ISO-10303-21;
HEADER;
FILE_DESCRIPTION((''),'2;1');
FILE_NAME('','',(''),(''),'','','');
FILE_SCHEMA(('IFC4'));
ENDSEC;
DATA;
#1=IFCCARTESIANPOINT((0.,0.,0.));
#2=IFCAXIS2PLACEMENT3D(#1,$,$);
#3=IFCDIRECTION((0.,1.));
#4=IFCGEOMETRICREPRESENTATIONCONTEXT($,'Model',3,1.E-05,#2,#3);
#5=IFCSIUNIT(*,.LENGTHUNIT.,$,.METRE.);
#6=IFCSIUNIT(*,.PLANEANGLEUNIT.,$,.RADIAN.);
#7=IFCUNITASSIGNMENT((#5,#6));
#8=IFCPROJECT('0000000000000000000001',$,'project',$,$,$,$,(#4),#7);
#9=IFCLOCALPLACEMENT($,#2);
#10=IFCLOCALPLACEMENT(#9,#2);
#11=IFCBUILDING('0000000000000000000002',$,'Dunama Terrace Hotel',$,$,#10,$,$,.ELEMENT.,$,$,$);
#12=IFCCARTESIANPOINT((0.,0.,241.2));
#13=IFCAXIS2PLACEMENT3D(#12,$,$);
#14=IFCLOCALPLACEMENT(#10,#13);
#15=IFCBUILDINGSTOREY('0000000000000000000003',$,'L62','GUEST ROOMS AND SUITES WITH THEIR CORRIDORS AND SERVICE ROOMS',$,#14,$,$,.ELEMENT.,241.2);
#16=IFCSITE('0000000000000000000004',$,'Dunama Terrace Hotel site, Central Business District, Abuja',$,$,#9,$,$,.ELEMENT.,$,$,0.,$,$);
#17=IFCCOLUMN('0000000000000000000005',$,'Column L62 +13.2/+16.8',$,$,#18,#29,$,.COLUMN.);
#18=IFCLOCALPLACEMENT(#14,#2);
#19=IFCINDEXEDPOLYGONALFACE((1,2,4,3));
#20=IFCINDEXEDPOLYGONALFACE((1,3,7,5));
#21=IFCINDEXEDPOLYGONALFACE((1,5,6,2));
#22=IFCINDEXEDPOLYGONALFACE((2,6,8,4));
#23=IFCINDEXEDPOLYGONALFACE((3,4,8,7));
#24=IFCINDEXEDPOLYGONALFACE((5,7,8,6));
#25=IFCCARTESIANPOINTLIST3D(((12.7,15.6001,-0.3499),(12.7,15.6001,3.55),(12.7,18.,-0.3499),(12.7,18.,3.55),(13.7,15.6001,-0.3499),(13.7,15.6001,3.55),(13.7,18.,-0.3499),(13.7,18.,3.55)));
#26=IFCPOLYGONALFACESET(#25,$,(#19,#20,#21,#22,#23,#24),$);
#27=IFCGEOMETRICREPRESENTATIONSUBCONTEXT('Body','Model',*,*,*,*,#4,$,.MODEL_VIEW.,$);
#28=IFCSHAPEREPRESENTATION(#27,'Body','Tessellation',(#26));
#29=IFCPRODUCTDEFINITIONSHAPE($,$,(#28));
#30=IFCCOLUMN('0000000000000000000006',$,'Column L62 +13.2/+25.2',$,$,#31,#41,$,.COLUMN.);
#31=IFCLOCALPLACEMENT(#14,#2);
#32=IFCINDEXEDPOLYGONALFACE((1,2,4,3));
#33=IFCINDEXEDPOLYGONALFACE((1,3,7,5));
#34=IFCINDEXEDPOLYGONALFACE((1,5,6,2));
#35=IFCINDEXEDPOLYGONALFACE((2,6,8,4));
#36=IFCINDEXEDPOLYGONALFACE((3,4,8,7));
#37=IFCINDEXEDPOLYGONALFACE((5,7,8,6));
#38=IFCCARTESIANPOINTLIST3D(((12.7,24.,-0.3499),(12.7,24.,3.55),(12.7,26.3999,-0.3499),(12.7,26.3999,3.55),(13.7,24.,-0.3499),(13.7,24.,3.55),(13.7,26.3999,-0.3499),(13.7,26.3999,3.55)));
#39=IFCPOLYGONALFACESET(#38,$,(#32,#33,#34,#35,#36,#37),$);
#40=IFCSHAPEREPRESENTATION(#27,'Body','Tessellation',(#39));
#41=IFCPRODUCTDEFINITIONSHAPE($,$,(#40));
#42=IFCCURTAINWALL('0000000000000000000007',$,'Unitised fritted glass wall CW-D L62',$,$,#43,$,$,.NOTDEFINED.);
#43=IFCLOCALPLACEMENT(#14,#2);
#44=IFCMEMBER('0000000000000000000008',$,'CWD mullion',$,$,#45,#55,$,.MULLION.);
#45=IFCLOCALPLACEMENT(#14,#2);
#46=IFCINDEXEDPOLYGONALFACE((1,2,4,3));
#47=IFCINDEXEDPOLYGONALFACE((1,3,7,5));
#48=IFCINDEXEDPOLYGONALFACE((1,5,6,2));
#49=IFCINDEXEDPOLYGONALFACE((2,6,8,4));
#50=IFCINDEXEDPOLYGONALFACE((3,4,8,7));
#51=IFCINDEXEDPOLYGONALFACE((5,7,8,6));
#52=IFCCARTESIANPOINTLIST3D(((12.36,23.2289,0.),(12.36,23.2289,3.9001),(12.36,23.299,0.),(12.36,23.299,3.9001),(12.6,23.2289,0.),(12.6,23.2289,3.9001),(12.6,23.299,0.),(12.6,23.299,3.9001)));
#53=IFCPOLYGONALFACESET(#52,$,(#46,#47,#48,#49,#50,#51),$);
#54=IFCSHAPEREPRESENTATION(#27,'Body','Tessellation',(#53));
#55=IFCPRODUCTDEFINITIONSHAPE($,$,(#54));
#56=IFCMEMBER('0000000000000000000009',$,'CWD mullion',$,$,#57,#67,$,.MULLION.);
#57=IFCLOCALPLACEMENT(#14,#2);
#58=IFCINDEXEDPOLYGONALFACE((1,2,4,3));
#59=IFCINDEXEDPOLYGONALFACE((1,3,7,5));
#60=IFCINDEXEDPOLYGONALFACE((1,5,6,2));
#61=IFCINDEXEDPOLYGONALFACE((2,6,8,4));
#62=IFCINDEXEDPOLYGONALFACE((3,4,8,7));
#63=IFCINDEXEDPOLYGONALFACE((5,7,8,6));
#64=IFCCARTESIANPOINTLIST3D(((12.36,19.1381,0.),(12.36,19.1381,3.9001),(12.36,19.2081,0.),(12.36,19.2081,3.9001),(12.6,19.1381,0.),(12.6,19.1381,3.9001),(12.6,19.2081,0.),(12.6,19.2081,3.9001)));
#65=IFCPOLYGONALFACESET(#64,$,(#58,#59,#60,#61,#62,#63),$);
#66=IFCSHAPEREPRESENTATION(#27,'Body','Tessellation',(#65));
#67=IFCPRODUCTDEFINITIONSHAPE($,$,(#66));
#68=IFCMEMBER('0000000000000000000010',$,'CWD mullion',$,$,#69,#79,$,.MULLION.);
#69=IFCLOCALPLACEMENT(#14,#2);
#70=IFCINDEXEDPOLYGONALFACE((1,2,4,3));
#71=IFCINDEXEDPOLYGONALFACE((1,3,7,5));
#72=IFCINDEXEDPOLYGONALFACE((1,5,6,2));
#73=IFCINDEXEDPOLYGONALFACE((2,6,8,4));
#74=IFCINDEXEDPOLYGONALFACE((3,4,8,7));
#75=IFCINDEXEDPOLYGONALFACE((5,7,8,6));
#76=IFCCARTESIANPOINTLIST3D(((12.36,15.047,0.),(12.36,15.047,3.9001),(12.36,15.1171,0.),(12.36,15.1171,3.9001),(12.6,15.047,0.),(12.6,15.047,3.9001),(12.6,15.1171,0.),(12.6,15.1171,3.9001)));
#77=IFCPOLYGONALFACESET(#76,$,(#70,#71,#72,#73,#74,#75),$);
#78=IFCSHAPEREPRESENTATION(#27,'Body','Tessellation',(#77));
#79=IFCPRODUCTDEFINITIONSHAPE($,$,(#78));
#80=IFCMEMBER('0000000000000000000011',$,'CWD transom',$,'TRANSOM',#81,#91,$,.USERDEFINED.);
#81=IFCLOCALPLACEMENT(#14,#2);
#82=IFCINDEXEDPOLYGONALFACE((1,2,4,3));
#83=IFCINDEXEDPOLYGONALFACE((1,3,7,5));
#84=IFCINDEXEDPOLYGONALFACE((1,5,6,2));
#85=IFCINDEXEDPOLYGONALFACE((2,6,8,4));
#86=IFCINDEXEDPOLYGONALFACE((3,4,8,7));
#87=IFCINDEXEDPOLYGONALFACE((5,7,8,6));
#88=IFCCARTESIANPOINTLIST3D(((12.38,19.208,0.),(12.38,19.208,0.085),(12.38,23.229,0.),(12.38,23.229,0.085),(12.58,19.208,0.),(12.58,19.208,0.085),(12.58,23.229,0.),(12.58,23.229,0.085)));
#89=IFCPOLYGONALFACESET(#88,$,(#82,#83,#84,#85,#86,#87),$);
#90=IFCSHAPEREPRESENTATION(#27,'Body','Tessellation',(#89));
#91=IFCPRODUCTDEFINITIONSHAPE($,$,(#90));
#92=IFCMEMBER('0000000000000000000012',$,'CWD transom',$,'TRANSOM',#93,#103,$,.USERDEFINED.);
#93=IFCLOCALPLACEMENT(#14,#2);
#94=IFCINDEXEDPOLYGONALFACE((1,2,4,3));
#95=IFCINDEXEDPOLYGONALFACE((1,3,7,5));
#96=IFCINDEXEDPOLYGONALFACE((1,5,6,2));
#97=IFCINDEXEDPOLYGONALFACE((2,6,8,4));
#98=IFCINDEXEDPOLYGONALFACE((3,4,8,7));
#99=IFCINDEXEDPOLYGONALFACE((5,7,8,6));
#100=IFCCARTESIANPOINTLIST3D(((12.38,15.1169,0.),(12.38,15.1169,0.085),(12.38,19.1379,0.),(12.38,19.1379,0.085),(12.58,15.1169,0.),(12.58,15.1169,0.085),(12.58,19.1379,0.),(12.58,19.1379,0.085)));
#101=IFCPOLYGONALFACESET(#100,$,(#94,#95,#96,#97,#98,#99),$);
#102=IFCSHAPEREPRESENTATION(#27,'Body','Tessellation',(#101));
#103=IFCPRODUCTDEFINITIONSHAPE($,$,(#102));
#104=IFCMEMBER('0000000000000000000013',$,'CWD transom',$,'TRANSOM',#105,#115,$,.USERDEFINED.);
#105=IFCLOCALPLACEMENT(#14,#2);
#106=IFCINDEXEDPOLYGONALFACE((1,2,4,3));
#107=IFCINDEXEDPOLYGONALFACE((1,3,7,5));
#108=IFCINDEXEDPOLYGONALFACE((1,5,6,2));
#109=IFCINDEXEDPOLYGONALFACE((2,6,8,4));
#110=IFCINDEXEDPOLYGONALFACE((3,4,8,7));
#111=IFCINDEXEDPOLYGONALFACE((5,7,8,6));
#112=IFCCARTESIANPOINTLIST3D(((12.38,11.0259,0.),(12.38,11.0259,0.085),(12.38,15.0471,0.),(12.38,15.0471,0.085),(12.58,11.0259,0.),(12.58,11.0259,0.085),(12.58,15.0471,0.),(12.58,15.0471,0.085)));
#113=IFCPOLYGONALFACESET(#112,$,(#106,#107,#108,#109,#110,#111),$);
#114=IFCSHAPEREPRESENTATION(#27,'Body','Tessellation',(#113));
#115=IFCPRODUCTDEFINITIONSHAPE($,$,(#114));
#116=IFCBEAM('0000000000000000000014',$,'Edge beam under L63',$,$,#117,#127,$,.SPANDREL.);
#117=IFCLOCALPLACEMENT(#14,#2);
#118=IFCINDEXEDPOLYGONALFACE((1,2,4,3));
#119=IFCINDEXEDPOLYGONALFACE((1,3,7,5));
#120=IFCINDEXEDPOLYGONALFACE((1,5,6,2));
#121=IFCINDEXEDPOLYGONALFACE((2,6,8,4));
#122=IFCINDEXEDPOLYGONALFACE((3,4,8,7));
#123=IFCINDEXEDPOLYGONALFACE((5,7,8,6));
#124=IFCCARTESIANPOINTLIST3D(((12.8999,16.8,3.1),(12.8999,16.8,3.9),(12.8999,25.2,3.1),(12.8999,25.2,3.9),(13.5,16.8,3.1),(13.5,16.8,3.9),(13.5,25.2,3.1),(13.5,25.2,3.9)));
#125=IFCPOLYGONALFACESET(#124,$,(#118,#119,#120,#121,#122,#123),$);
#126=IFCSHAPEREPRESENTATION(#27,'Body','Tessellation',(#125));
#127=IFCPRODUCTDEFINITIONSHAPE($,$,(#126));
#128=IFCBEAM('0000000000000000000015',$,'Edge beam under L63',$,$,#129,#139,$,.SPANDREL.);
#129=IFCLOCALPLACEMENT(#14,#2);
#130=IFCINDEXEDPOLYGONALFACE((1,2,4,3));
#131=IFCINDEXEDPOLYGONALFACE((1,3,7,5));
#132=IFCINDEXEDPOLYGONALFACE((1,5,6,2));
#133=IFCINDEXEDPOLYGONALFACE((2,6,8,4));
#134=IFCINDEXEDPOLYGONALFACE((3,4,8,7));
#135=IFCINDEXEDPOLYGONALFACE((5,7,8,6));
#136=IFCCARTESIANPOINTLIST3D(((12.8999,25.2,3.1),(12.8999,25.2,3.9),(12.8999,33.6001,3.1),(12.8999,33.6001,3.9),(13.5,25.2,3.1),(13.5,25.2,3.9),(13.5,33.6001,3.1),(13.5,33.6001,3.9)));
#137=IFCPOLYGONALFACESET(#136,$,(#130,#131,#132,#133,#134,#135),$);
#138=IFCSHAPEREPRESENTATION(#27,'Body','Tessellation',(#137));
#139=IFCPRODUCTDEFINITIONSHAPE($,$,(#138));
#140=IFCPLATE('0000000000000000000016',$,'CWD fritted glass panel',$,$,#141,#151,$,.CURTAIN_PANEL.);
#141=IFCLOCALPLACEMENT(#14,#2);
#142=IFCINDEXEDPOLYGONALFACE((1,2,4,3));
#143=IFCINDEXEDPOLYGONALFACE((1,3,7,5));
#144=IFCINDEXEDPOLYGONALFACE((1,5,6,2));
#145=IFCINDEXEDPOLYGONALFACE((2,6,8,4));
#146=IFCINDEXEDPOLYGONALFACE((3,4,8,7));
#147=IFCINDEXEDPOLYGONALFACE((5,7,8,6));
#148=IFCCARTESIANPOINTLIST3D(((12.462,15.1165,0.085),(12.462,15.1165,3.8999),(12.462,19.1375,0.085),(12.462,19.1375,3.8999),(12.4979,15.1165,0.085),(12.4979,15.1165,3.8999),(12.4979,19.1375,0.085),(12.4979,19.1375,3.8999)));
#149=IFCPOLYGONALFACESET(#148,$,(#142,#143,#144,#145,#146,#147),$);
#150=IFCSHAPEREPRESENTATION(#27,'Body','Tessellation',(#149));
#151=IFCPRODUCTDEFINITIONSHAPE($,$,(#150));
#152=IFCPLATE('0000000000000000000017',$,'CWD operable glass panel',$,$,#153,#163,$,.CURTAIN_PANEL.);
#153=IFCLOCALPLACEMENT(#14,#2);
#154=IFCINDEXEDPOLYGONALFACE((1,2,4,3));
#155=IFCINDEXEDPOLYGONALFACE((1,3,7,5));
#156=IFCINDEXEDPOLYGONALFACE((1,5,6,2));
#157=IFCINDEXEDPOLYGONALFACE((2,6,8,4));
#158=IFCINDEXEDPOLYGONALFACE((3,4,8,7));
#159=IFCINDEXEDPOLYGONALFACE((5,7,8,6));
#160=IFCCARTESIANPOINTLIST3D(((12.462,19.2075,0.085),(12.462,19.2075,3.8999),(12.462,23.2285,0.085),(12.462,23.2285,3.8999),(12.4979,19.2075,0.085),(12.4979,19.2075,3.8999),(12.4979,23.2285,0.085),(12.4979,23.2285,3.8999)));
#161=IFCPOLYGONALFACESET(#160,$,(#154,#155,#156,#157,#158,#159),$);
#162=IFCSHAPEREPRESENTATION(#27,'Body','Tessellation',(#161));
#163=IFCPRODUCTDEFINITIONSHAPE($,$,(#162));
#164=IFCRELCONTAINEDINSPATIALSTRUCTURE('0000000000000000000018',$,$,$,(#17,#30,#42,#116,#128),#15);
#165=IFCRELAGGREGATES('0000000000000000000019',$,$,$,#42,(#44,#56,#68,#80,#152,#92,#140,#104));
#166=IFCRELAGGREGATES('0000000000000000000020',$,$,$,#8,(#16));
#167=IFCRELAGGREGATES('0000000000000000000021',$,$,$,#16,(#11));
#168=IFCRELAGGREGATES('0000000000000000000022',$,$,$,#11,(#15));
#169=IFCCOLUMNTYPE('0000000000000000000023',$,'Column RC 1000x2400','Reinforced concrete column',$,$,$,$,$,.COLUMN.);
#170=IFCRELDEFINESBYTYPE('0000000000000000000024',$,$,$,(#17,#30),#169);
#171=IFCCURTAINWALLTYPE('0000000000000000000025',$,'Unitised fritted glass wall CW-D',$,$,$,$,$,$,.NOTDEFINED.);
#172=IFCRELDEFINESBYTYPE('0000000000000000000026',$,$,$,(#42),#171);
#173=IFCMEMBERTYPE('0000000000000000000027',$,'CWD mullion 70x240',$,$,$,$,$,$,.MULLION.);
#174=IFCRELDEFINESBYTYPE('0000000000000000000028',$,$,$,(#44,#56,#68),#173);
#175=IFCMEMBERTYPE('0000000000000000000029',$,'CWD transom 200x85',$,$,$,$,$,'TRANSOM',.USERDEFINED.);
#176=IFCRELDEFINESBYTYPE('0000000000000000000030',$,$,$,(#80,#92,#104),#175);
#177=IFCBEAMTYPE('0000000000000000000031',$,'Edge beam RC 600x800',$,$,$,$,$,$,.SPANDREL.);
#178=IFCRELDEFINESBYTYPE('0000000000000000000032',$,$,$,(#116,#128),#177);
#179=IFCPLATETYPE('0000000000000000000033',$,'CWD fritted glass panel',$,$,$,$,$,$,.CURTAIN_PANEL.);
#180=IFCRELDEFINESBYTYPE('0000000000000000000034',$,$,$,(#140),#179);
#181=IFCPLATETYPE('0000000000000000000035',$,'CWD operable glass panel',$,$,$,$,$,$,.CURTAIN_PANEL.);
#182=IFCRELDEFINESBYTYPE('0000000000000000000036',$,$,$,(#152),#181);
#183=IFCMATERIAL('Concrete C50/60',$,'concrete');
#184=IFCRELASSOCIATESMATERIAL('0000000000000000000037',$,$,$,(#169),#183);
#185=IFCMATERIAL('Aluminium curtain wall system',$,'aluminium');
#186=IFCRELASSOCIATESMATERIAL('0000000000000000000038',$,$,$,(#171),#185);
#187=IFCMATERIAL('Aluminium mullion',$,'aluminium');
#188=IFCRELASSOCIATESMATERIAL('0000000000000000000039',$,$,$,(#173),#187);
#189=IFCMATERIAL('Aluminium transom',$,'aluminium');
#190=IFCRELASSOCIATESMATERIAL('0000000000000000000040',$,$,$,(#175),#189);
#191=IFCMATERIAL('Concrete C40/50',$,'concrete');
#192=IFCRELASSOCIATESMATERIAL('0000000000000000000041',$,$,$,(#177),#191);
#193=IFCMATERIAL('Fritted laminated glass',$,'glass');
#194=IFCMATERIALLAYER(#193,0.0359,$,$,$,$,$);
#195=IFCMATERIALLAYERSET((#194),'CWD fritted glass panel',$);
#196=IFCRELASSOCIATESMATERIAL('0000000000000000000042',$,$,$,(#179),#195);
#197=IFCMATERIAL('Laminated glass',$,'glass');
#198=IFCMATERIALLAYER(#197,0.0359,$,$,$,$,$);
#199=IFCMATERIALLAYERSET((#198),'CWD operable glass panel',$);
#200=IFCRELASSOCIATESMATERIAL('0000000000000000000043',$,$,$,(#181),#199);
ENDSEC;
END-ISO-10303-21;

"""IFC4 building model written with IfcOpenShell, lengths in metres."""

from ifc_helpers import new_model, si_unit, direction, frame, origin, origin_2d, place, context, subcontext, project, spatial, rectangle, extrude, material, layer, layer_set, material_profile, profile_set, type_object, element, aggregate, save


model = new_model("IFC4")

# Units and contexts
model_context = context("Model", 3, precision=1e-05, world=origin(), true_north=direction((0.0, 1.0)))
body_context = subcontext(model_context, "Body", "Model", "MODEL_VIEW")
ifc_project = project(units=[si_unit("LENGTHUNIT", "METRE"), si_unit("PLANEANGLEUNIT", "RADIAN")], contexts=[model_context])

# Site, building, storey
site_placement = place(None, origin())
site = spatial("IfcSite", under=ifc_project, at=site_placement, Name="Dunama Terrace Hotel site, Central Business District, Abuja", CompositionType="ELEMENT", RefElevation=0.0)
building_placement = place(site_placement, origin())
building = spatial("IfcBuilding", under=site, at=building_placement, Name="Dunama Terrace Hotel", CompositionType="ELEMENT")
storey_placement = place(building_placement, frame((0.0, 0.0, 241.2)))
storey = spatial("IfcBuildingStorey", under=building, at=storey_placement, Name="L62", Description="GUEST ROOMS AND SUITES WITH THEIR CORRIDORS AND SERVICE ROOMS", CompositionType="ELEMENT", Elevation=241.2)

# Columns
ifc_material_1 = material(Name="Concrete C50/60", Category="concrete")
ifc_material_profile_1 = material_profile(ifc_material_1, rectangle(XDim=1.0, YDim=2.3999, at=origin_2d()), Name="RC 1000x2400")
ifc_profile_set_1 = profile_set([ifc_material_profile_1], Name="Concrete C50/60")
column_type = type_object("IfcColumnType", Name="Column RC 1000x2400", Description="Reinforced concrete column", PredefinedType="COLUMN", material=ifc_profile_set_1)
for number, where, z_axis, x_axis, name in (
    (1, (13.2, 16.8, -0.3499), (0.0, 0.0, 1.0), (1.0, 0.0, 0.0), "Column L62 +13.2/+16.8"),
    (2, (13.2, 25.2, -0.3499), (0.0, 0.0, 1.0), (1.0, 0.0, 0.0), "Column L62 +13.2/+25.2"),
):
    element("IfcColumn", number, at=place(storey_placement, frame(where, z_axis=z_axis, x_axis=x_axis)), inside=storey, type_object=column_type, Name=name, PredefinedType="COLUMN", context=body_context, shape_type="SweptSolid", body=[
        extrude(rectangle(XDim=1.0, YDim=2.3999, at=origin_2d()), origin(), (0.0, 0.0, 1.0), 3.8999),
    ])

# Curtain wall, members
ifc_material_2 = material(Name="Aluminium curtain wall system", Category="aluminium")
curtain_wall_type = type_object("IfcCurtainWallType", Name="Unitised fritted glass wall CW-D", PredefinedType="NOTDEFINED", material=ifc_material_2)
curtain_wall_placement = place(storey_placement, origin())
curtain_wall = element("IfcCurtainWall", 3, at=curtain_wall_placement, inside=storey, type_object=curtain_wall_type, Name="Unitised fritted glass wall CW-D L62", PredefinedType="NOTDEFINED")
ifc_material_3 = material(Name="Aluminium mullion", Category="aluminium")
ifc_material_profile_2 = material_profile(ifc_material_3, rectangle(XDim=0.0701, YDim=0.24, at=origin_2d()), Name="CWD MULLION 70X240")
ifc_profile_set_2 = profile_set([ifc_material_profile_2], Name="Aluminium mullion")
member_type_1 = type_object("IfcMemberType", Name="CWD mullion 70x240", PredefinedType="MULLION", material=ifc_profile_set_2)
member_1_placement = place(storey_placement, frame((12.48, 23.2639, 0.0), z_axis=(0.0, 0.0, 1.0), x_axis=(0.0, -1.0, 0.0)))
member_1 = element("IfcMember", 4, at=member_1_placement, type_object=member_type_1, Name="CWD mullion", PredefinedType="MULLION", context=body_context, shape_type="SweptSolid", body=[
    extrude(rectangle(XDim=0.0701, YDim=0.24, at=origin_2d()), origin(), (0.0, 0.0, 1.0), 3.9001),
])
member_2_placement = place(storey_placement, frame((12.48, 19.1731, 0.0), z_axis=(0.0, 0.0, 1.0), x_axis=(0.0, -1.0, 0.0)))
member_2 = element("IfcMember", 5, at=member_2_placement, type_object=member_type_1, Name="CWD mullion", PredefinedType="MULLION", context=body_context, shape_type="SweptSolid", body=[
    extrude(rectangle(XDim=0.0701, YDim=0.24, at=origin_2d()), origin(), (0.0, 0.0, 1.0), 3.9001),
])
member_3_placement = place(storey_placement, frame((12.48, 15.082, 0.0), z_axis=(0.0, 0.0, 1.0), x_axis=(0.0, -1.0, 0.0)))
member_3 = element("IfcMember", 6, at=member_3_placement, type_object=member_type_1, Name="CWD mullion", PredefinedType="MULLION", context=body_context, shape_type="SweptSolid", body=[
    extrude(rectangle(XDim=0.0701, YDim=0.24, at=origin_2d()), origin(), (0.0, 0.0, 1.0), 3.9001),
])
ifc_material_4 = material(Name="Aluminium transom", Category="aluminium")
ifc_material_profile_3 = material_profile(ifc_material_4, rectangle(XDim=0.2, YDim=0.085, at=origin_2d()), Name="CWD TRANSOM 200X85")
ifc_profile_set_3 = profile_set([ifc_material_profile_3], Name="Aluminium transom")
member_type_2 = type_object("IfcMemberType", Name="CWD transom 200x85", ElementType="TRANSOM", PredefinedType="USERDEFINED", material=ifc_profile_set_3)
member_4_placement = place(storey_placement, frame((12.48, 23.229, 0.0425), z_axis=(0.0, -1.0, 0.0), x_axis=(1.0, 0.0, 0.0)))
member_4 = element("IfcMember", 7, at=member_4_placement, type_object=member_type_2, Name="CWD transom", ObjectType="TRANSOM", PredefinedType="USERDEFINED", context=body_context, shape_type="SweptSolid", body=[
    extrude(rectangle(XDim=0.2, YDim=0.085, at=origin_2d()), origin(), (0.0, 0.0, 1.0), 4.021),
])
member_5_placement = place(storey_placement, frame((12.48, 19.1379, 0.0425), z_axis=(0.0, -1.0, 0.0), x_axis=(1.0, 0.0, 0.0)))
member_5 = element("IfcMember", 8, at=member_5_placement, type_object=member_type_2, Name="CWD transom", ObjectType="TRANSOM", PredefinedType="USERDEFINED", context=body_context, shape_type="SweptSolid", body=[
    extrude(rectangle(XDim=0.2, YDim=0.085, at=origin_2d()), origin(), (0.0, 0.0, 1.0), 4.021),
])
member_6_placement = place(storey_placement, frame((12.48, 15.0471, 0.0425), z_axis=(0.0, -1.0, 0.0), x_axis=(1.0, 0.0, 0.0)))
member_6 = element("IfcMember", 9, at=member_6_placement, type_object=member_type_2, Name="CWD transom", ObjectType="TRANSOM", PredefinedType="USERDEFINED", context=body_context, shape_type="SweptSolid", body=[
    extrude(rectangle(XDim=0.2, YDim=0.085, at=origin_2d()), origin(), (0.0, 0.0, 1.0), 4.0212),
])

# Beams
ifc_material_5 = material(Name="Concrete C40/50", Category="concrete")
ifc_material_profile_4 = material_profile(ifc_material_5, rectangle(XDim=0.6001, YDim=0.8, at=origin_2d()), Name="RC 600x800")
ifc_profile_set_4 = profile_set([ifc_material_profile_4], Name="Concrete C40/50")
beam_type = type_object("IfcBeamType", Name="Edge beam RC 600x800", PredefinedType="SPANDREL", material=ifc_profile_set_4)
beam_1_placement = place(storey_placement, frame((13.2, 16.8, 3.5), z_axis=(0.0, 1.0, 0.0), x_axis=(-1.0, 0.0, 0.0)))
element("IfcBeam", 10, at=beam_1_placement, inside=storey, type_object=beam_type, Name="Edge beam under L63", PredefinedType="SPANDREL", context=body_context, shape_type="SweptSolid", body=[
    extrude(rectangle(XDim=0.6001, YDim=0.8, at=origin_2d()), origin(), (0.0, 0.0, 1.0), 8.3999),
])
beam_2_placement = place(storey_placement, frame((13.2, 25.2, 3.5), z_axis=(0.0, 1.0, 0.0), x_axis=(-1.0, 0.0, 0.0)))
element("IfcBeam", 11, at=beam_2_placement, inside=storey, type_object=beam_type, Name="Edge beam under L63", PredefinedType="SPANDREL", context=body_context, shape_type="SweptSolid", body=[
    extrude(rectangle(XDim=0.6001, YDim=0.8, at=origin_2d()), origin(), (0.0, 0.0, 1.0), 8.4001),
])

# Plates
ifc_material_6 = material(Name="Fritted laminated glass", Category="glass")
ifc_layer_1 = layer(ifc_material_6, 0.0359)
ifc_layer_set_1 = layer_set([ifc_layer_1], Name="CWD fritted glass panel")
plate_type_1 = type_object("IfcPlateType", Name="CWD fritted glass panel", PredefinedType="CURTAIN_PANEL", material=ifc_layer_set_1)
plate_1_placement = place(storey_placement, frame((12.48, 17.127, 0.085), z_axis=(0.0, 0.0, 1.0), x_axis=(0.0, -1.0, 0.0)))
plate_1 = element("IfcPlate", 12, at=plate_1_placement, type_object=plate_type_1, Name="CWD fritted glass panel", PredefinedType="CURTAIN_PANEL", context=body_context, shape_type="SweptSolid", body=[
    extrude(rectangle(XDim=4.021, YDim=0.0359, at=origin_2d()), origin(), (0.0, 0.0, 1.0), 3.8149),
])
ifc_material_7 = material(Name="Laminated glass", Category="glass")
ifc_layer_2 = layer(ifc_material_7, 0.0359)
ifc_layer_set_2 = layer_set([ifc_layer_2], Name="CWD operable glass panel")
plate_type_2 = type_object("IfcPlateType", Name="CWD operable glass panel", PredefinedType="CURTAIN_PANEL", material=ifc_layer_set_2)
plate_2_placement = place(storey_placement, frame((12.48, 21.218, 0.085), z_axis=(0.0, 0.0, 1.0), x_axis=(0.0, -1.0, 0.0)))
plate_2 = element("IfcPlate", 13, at=plate_2_placement, type_object=plate_type_2, Name="CWD operable glass panel", PredefinedType="CURTAIN_PANEL", context=body_context, shape_type="SweptSolid", body=[
    extrude(rectangle(XDim=4.021, YDim=0.0359, at=origin_2d()), origin(), (0.0, 0.0, 1.0), 3.8149),
])
aggregate(curtain_wall, [member_1, member_2, member_3, member_4, plate_2, member_5, plate_1, member_6])

save(model, "model.ifc")
